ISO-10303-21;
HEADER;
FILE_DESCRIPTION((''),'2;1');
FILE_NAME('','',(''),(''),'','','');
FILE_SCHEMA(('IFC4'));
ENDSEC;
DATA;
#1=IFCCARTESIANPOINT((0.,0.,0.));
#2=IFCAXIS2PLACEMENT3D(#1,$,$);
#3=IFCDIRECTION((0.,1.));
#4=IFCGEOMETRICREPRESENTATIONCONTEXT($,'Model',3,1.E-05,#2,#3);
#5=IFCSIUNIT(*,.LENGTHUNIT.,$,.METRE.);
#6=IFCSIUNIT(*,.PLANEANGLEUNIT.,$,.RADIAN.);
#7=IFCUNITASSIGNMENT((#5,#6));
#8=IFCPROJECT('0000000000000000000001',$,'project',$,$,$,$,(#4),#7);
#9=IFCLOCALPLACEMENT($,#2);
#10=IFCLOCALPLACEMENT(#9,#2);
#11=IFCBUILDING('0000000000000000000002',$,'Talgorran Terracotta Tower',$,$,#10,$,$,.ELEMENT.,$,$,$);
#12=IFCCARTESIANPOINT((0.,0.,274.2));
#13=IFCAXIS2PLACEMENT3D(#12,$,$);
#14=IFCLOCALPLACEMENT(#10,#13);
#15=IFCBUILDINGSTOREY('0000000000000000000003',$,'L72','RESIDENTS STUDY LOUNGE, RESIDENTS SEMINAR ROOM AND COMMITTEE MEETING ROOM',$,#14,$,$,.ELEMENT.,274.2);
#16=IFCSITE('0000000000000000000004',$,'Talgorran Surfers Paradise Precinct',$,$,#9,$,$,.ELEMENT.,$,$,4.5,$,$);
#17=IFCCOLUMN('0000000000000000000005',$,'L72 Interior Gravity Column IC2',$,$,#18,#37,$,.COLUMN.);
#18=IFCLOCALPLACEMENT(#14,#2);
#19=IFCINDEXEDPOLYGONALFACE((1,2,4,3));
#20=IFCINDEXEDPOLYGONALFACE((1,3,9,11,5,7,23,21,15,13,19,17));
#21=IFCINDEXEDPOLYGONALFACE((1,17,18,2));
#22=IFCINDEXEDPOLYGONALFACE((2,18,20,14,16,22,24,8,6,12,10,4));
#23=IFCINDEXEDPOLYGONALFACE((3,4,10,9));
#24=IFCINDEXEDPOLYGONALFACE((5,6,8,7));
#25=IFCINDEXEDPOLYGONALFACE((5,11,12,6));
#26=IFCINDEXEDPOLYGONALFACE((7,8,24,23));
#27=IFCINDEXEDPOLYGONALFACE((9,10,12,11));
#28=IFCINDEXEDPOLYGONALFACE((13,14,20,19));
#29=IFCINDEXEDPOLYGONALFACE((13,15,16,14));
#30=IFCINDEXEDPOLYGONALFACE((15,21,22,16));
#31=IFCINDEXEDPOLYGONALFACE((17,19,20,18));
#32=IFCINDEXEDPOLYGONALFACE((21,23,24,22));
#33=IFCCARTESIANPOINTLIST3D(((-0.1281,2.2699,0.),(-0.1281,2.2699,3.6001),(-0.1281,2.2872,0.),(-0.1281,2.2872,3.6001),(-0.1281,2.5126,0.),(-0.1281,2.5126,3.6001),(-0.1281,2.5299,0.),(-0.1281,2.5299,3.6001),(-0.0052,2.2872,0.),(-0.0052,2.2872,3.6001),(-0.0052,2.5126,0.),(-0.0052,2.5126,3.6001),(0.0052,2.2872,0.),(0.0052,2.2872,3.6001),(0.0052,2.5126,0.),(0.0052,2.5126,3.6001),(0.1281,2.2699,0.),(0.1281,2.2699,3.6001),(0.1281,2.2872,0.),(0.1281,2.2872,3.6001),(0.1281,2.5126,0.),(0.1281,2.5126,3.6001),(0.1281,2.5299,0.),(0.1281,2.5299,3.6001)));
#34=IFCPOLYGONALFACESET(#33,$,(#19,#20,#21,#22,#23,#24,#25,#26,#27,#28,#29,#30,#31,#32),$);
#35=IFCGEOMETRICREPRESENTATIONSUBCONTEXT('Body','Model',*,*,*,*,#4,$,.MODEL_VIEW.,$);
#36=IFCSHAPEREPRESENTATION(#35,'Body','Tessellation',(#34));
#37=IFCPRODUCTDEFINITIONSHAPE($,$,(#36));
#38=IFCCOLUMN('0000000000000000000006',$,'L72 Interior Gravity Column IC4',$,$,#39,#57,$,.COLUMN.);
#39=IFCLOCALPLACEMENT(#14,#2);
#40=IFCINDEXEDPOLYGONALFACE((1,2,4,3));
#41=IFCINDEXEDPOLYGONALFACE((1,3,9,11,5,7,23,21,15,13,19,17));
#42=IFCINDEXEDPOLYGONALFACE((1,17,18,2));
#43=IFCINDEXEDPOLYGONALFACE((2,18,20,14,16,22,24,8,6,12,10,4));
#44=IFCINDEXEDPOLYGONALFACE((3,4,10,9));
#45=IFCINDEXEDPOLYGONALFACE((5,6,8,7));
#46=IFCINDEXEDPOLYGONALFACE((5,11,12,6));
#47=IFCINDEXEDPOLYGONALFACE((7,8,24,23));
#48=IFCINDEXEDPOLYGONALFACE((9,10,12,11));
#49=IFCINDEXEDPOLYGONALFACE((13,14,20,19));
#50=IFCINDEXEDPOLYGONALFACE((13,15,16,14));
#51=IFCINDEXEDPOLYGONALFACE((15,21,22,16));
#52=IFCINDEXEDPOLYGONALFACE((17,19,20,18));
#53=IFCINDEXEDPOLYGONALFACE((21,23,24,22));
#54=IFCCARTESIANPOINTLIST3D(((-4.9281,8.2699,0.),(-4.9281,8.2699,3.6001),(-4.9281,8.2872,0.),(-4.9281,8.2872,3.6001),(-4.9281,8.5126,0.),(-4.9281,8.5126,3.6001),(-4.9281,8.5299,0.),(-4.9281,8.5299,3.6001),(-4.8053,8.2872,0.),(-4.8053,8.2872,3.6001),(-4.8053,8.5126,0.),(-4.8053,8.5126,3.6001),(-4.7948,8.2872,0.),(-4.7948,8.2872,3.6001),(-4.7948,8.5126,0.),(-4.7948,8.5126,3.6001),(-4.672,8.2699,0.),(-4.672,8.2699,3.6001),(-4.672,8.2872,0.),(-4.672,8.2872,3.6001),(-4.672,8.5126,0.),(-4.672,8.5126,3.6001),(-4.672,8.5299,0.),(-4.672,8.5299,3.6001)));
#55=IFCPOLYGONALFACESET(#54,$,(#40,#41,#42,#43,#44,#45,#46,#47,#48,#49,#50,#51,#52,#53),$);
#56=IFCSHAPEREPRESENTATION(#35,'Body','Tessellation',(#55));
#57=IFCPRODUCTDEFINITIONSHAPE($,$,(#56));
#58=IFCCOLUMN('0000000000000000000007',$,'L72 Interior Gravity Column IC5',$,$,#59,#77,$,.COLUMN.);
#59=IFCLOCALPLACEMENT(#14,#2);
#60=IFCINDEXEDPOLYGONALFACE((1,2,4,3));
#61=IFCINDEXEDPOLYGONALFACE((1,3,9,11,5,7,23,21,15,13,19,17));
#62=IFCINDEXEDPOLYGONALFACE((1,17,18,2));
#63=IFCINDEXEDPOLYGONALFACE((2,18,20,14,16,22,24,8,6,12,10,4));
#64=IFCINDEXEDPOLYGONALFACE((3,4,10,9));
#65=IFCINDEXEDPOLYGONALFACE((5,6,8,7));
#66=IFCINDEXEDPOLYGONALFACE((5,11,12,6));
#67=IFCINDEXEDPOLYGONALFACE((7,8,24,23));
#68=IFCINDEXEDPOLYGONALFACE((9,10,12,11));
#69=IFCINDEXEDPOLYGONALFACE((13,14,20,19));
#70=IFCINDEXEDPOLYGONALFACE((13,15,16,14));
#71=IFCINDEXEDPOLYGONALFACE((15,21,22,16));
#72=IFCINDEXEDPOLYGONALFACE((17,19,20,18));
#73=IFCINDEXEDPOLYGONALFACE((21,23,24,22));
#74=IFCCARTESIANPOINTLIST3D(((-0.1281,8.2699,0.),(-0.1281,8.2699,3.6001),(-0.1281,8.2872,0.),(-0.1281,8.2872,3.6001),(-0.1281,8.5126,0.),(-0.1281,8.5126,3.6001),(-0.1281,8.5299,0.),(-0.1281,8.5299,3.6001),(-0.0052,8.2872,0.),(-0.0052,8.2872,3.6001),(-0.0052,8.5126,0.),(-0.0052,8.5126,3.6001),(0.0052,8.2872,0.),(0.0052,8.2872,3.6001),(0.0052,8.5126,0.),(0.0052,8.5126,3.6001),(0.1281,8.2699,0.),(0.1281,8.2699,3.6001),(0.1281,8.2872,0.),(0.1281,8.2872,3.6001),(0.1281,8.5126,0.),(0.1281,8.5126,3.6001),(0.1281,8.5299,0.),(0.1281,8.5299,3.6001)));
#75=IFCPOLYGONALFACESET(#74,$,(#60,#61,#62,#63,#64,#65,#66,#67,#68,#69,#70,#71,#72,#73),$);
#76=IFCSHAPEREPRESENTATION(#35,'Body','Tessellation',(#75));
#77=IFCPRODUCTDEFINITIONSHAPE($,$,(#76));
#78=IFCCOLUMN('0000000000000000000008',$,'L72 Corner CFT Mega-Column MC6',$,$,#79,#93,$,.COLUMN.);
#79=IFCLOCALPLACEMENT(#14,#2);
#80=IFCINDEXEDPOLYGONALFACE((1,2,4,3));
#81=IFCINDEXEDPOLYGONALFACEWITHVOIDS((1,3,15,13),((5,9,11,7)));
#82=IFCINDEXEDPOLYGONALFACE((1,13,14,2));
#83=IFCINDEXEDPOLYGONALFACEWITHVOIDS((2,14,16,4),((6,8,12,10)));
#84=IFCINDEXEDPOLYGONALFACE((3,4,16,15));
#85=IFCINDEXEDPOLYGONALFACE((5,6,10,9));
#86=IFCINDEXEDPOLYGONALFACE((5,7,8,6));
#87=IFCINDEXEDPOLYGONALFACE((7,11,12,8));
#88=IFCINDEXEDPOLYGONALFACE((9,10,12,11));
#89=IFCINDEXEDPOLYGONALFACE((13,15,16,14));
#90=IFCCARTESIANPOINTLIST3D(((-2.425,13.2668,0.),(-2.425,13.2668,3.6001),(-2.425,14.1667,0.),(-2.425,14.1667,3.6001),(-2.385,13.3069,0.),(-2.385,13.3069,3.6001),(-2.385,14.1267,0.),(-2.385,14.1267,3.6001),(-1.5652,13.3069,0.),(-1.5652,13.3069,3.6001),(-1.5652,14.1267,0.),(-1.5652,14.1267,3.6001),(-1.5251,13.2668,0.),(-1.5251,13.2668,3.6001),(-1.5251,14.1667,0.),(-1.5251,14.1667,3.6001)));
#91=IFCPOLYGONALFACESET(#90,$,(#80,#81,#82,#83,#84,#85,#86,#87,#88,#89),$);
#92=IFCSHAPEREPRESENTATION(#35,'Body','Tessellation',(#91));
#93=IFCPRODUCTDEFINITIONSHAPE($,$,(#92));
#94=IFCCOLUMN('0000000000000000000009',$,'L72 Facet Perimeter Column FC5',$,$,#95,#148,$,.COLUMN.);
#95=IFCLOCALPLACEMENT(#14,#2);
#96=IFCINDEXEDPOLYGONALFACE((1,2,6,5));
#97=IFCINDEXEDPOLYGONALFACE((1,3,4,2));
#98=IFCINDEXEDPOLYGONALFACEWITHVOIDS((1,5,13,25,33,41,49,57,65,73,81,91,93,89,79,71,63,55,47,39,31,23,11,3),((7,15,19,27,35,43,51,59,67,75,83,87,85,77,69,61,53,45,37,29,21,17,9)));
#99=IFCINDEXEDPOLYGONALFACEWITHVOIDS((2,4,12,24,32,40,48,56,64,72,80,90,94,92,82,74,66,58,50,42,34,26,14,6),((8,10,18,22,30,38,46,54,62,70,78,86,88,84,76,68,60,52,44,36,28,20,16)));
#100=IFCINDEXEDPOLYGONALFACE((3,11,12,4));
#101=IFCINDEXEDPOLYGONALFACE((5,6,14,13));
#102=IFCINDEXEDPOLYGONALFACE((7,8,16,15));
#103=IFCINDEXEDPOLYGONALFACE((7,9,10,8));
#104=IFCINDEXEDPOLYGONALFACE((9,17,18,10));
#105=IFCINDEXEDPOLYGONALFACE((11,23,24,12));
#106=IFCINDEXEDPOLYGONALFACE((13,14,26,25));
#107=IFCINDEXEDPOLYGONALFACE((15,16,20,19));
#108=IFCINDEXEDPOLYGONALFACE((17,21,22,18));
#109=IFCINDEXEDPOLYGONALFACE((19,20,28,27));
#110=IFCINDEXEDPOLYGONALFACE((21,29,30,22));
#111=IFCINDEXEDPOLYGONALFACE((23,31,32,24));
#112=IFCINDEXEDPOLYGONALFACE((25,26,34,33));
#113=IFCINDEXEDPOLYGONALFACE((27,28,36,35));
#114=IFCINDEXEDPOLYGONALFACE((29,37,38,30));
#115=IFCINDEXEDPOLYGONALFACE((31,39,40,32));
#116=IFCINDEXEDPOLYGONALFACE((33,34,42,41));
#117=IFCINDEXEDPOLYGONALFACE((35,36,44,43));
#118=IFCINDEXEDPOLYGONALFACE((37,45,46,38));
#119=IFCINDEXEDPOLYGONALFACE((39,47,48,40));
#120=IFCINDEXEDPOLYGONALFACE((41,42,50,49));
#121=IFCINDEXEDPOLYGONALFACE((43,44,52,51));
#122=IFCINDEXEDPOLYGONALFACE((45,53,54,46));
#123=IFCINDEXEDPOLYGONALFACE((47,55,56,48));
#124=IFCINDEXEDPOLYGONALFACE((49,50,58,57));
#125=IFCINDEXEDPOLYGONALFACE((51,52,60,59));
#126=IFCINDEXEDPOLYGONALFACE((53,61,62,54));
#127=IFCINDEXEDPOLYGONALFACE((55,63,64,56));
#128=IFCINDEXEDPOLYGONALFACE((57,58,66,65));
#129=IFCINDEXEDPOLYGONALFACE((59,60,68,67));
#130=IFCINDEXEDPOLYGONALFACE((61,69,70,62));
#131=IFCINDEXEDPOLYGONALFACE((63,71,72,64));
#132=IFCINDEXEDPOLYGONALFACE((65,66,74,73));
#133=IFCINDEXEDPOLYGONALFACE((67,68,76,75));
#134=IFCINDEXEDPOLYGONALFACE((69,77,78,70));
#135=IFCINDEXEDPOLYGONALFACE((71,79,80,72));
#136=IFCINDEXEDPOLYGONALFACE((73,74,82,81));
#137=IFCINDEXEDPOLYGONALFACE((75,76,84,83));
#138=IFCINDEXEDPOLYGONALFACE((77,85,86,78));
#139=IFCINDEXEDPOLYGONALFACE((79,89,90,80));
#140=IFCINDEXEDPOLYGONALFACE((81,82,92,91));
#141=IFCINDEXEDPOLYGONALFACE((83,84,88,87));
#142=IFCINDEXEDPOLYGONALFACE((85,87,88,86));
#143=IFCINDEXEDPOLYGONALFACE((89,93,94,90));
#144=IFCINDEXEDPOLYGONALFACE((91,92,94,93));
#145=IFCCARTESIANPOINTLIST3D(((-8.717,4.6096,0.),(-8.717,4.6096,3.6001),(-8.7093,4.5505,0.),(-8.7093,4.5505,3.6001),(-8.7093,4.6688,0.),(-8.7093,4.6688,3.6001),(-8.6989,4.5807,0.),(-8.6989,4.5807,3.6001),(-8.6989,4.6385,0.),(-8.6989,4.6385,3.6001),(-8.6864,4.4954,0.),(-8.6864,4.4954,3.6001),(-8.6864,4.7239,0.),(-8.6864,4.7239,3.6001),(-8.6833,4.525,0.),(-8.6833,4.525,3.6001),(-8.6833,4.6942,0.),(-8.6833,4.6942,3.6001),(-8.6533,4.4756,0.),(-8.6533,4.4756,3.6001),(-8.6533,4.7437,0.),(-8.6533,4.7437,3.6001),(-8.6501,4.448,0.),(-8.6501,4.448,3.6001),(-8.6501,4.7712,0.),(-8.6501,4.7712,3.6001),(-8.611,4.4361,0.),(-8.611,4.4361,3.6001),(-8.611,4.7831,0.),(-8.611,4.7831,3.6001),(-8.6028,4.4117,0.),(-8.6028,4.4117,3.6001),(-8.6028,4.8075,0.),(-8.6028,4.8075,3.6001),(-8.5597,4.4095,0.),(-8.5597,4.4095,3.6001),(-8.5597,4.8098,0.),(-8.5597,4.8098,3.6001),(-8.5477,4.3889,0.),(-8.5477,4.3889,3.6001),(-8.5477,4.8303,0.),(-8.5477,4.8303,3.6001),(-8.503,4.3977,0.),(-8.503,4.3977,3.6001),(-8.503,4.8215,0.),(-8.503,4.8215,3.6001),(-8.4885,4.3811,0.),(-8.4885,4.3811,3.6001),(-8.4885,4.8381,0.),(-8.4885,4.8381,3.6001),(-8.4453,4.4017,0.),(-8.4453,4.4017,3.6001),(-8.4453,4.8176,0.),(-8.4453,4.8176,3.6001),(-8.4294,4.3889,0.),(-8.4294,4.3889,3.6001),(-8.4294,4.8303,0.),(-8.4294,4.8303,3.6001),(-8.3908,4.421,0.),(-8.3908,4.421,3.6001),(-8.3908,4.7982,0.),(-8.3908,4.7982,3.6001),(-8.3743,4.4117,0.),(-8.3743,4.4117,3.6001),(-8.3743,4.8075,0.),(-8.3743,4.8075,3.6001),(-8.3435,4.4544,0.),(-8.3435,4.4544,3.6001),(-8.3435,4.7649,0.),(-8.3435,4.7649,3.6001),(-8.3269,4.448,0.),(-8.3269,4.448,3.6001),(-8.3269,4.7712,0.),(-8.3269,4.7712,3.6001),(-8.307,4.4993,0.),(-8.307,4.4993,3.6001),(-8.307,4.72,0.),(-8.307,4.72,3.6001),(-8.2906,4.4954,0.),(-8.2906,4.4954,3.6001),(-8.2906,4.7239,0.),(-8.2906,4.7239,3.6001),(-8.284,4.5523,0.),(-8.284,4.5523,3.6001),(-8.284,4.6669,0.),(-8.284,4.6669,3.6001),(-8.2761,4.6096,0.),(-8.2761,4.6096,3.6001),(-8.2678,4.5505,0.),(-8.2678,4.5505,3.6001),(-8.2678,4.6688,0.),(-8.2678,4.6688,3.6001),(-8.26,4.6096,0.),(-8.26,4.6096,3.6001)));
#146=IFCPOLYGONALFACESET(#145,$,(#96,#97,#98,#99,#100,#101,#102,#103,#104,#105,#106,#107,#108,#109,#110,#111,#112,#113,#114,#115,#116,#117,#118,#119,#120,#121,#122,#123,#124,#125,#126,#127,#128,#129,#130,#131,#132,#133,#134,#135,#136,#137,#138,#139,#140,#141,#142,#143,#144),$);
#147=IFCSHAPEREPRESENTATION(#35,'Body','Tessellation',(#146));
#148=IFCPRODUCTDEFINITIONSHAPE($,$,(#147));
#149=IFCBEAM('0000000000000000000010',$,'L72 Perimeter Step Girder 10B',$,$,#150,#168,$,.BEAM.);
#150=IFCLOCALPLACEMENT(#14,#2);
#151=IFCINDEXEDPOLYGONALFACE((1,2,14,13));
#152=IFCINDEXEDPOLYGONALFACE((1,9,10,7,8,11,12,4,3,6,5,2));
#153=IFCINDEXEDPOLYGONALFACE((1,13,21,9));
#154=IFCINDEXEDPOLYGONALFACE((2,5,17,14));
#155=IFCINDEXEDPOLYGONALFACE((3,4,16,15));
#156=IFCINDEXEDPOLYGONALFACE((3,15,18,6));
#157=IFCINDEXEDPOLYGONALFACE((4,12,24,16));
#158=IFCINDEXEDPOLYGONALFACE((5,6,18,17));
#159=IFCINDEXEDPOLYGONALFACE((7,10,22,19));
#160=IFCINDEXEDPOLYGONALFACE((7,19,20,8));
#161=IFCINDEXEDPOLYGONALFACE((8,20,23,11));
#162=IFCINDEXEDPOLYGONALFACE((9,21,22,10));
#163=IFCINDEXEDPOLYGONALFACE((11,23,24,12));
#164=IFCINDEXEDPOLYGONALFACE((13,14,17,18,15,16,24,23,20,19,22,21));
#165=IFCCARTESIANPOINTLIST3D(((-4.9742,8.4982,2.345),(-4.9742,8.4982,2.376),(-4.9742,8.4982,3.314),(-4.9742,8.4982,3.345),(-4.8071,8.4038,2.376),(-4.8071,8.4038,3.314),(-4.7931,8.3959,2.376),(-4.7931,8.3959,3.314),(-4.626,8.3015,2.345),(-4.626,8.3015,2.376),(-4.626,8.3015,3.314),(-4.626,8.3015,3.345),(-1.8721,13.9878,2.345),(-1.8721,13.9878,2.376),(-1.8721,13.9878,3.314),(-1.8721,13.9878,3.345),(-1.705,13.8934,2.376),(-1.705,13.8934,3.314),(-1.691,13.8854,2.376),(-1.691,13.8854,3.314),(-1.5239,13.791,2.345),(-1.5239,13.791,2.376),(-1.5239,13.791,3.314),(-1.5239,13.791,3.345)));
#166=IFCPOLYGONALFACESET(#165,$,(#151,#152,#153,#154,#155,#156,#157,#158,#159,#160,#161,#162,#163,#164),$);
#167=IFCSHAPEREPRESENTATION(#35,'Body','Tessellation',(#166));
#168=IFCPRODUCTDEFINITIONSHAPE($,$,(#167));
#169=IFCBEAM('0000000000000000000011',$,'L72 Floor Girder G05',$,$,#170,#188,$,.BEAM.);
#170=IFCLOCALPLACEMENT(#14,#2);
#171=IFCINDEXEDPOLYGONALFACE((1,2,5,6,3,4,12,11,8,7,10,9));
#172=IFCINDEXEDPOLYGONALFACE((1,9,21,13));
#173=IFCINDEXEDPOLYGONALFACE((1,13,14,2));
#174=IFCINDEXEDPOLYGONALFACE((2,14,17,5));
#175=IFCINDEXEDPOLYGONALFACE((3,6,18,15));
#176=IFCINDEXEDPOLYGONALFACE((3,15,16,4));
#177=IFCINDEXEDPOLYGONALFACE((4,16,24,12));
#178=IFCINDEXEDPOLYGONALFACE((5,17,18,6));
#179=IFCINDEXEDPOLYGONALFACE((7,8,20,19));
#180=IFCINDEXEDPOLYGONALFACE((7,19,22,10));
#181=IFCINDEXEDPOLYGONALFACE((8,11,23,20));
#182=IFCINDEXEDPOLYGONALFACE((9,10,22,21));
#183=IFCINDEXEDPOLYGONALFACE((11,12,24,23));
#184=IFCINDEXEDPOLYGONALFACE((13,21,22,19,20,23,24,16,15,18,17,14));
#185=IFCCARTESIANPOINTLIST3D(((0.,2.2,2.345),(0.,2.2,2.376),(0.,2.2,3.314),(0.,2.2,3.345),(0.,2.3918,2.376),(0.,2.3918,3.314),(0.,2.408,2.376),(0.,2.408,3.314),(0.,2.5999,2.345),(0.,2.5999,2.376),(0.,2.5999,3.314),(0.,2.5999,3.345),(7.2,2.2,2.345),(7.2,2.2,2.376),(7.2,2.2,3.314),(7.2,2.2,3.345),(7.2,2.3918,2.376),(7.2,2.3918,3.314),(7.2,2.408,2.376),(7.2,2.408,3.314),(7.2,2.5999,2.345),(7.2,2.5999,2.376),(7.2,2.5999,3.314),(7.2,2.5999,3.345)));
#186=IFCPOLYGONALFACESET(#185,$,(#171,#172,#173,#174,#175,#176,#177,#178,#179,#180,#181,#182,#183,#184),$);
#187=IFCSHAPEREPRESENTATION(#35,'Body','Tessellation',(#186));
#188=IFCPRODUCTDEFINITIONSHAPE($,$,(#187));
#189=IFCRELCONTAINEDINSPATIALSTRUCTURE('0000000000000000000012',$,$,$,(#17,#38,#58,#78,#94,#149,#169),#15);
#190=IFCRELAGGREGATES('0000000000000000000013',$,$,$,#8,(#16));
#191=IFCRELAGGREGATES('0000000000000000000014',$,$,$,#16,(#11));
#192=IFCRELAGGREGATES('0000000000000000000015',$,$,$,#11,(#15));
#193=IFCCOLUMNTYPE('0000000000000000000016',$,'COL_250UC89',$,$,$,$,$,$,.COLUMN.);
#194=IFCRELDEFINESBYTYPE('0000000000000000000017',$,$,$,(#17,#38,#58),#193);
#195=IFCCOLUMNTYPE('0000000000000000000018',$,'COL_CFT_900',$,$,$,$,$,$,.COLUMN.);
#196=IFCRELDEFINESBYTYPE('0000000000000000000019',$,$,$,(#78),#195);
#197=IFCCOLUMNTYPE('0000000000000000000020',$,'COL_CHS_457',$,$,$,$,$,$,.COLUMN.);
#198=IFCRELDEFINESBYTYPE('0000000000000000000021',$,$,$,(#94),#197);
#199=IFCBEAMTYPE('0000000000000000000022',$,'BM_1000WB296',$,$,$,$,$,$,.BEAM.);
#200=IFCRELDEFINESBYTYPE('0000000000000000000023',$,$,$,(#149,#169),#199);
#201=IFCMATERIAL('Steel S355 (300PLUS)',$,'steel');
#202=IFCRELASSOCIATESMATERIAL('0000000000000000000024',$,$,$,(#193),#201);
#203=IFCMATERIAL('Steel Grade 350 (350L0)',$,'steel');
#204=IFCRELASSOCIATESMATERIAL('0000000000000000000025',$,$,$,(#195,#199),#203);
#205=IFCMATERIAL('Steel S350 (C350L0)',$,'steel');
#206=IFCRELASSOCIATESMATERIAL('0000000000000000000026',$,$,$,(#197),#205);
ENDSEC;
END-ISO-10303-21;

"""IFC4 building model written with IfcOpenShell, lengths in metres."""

from ifc_helpers import new_model, si_unit, direction, frame, origin, origin_2d, place, context, subcontext, project, spatial, hollow_rectangle, hollow_circle, i_section, extrude, material, material_profile, profile_set, type_object, element, save


model = new_model("IFC4")

# Units and contexts
model_context = context("Model", 3, precision=1e-05, world=origin(), true_north=direction((0.0, 1.0)))
body_context = subcontext(model_context, "Body", "Model", "MODEL_VIEW")
ifc_project = project(units=[si_unit("LENGTHUNIT", "METRE"), si_unit("PLANEANGLEUNIT", "RADIAN")], contexts=[model_context])

# Site, building, storey
site_placement = place(None, origin())
site = spatial("IfcSite", under=ifc_project, at=site_placement, Name="Talgorran Surfers Paradise Precinct", CompositionType="ELEMENT", RefElevation=4.5)
building_placement = place(site_placement, origin())
building = spatial("IfcBuilding", under=site, at=building_placement, Name="Talgorran Terracotta Tower", CompositionType="ELEMENT")
storey_placement = place(building_placement, frame((0.0, 0.0, 274.2)))
storey = spatial("IfcBuildingStorey", under=building, at=storey_placement, Name="L72", Description="RESIDENTS STUDY LOUNGE, RESIDENTS SEMINAR ROOM AND COMMITTEE MEETING ROOM", CompositionType="ELEMENT", Elevation=274.2)

# Columns
ifc_material_1 = material(Name="Steel S355 (300PLUS)", Category="steel")
ifc_material_profile_1 = material_profile(ifc_material_1, i_section(OverallWidth=0.2561, OverallDepth=0.26, WebThickness=0.0105, FlangeThickness=0.0173, at=origin_2d()), Name="250UC89.5")
ifc_profile_set_1 = profile_set([ifc_material_profile_1], Name="Steel S355 (300PLUS)")
column_type_1 = type_object("IfcColumnType", Name="COL_250UC89", PredefinedType="COLUMN", material=ifc_profile_set_1)
for number, where, z_axis, x_axis, name in (
    (1, (0.0, 2.3999, 0.0), (0.0, 0.0, 1.0), (1.0, 0.0, 0.0), "L72 Interior Gravity Column IC2"),
    (2, (-4.8, 8.3999, 0.0), (0.0, 0.0, 1.0), (1.0, 0.0, 0.0), "L72 Interior Gravity Column IC4"),
    (3, (0.0, 8.3999, 0.0), (0.0, 0.0, 1.0), (1.0, 0.0, 0.0), "L72 Interior Gravity Column IC5"),
):
    element("IfcColumn", number, at=place(storey_placement, frame(where, z_axis=z_axis, x_axis=x_axis)), inside=storey, type_object=column_type_1, Name=name, PredefinedType="COLUMN", context=body_context, shape_type="SweptSolid", body=[
        extrude(i_section(OverallWidth=0.2561, OverallDepth=0.26, WebThickness=0.0105, FlangeThickness=0.0173, at=origin_2d()), origin(), (0.0, 0.0, 1.0), 3.6001),
    ])
ifc_material_2 = material(Name="Steel Grade 350 (350L0)", Category="steel")
ifc_material_profile_2 = material_profile(ifc_material_2, hollow_rectangle(XDim=0.8999, YDim=0.8999, WallThickness=0.04, at=origin_2d()), Name="CFT900X900X40")
ifc_profile_set_2 = profile_set([ifc_material_profile_2], Name="Steel Grade 350 (350L0)")
column_type_2 = type_object("IfcColumnType", Name="COL_CFT_900", PredefinedType="COLUMN", material=ifc_profile_set_2)
column_1_placement = place(storey_placement, frame((-1.9751, 13.7168, 0.0), z_axis=(0.0, 0.0, 1.0), x_axis=(1.0, 0.0, 0.0)))
element("IfcColumn", 4, at=column_1_placement, inside=storey, type_object=column_type_2, Name="L72 Corner CFT Mega-Column MC6", PredefinedType="COLUMN", context=body_context, shape_type="SweptSolid", body=[
    extrude(hollow_rectangle(XDim=0.8999, YDim=0.8999, WallThickness=0.04, at=origin_2d()), origin(), (0.0, 0.0, 1.0), 3.6001),
])
ifc_material_3 = material(Name="Steel S350 (C350L0)", Category="steel")
ifc_material_profile_3 = material_profile(ifc_material_3, hollow_circle(Radius=0.2285, WallThickness=0.0161, at=origin_2d()), Name="CHS457X16")
ifc_profile_set_3 = profile_set([ifc_material_profile_3], Name="Steel S350 (C350L0)")
column_type_3 = type_object("IfcColumnType", Name="COL_CHS_457", PredefinedType="COLUMN", material=ifc_profile_set_3)
column_2_placement = place(storey_placement, frame((-8.4885, 4.6096, 0.0), z_axis=(0.0, 0.0, 1.0), x_axis=(1.0, 0.0, 0.0)))
element("IfcColumn", 5, at=column_2_placement, inside=storey, type_object=column_type_3, Name="L72 Facet Perimeter Column FC5", PredefinedType="COLUMN", context=body_context, shape_type="SweptSolid", body=[
    extrude(hollow_circle(Radius=0.2285, WallThickness=0.0161, at=origin_2d()), origin(), (0.0, 0.0, 1.0), 3.6001),
])

# Beams
ifc_material_profile_4 = material_profile(ifc_material_2, i_section(OverallWidth=0.3999, OverallDepth=1.0, WebThickness=0.0161, FlangeThickness=0.031, at=origin_2d()), Name="1000WB296")
ifc_profile_set_4 = profile_set([ifc_material_profile_4], Name="Steel Grade 350 (350L0)")
beam_type_1 = type_object("IfcBeamType", Name="BM_1000WB296", PredefinedType="BEAM", material=ifc_profile_set_4)
beam_1_placement = place(storey_placement, frame((-1.698, 13.8894, 2.845), z_axis=(-0.491972, -0.870611, 0.0), x_axis=(0.870611, -0.491972, 0.0)))
element("IfcBeam", 6, at=beam_1_placement, inside=storey, type_object=beam_type_1, Name="L72 Perimeter Step Girder 10B", PredefinedType="BEAM", context=body_context, shape_type="SweptSolid", body=[
    extrude(i_section(OverallWidth=0.3999, OverallDepth=1.0, WebThickness=0.0161, FlangeThickness=0.031, at=origin_2d()), origin(), (0.0, 0.0, 1.0), 6.3054),
])
beam_2_placement = place(storey_placement, frame((0.0, 2.3999, 2.845), z_axis=(1.0, 0.0, 0.0), x_axis=(0.0, 1.0, 0.0)))
element("IfcBeam", 7, at=beam_2_placement, inside=storey, type_object=beam_type_1, Name="L72 Floor Girder G05", PredefinedType="BEAM", context=body_context, shape_type="SweptSolid", body=[
    extrude(i_section(OverallWidth=0.3999, OverallDepth=1.0, WebThickness=0.0161, FlangeThickness=0.031, at=origin_2d()), origin(), (0.0, 0.0, 1.0), 7.2),
])

save(model, "model.ifc")
